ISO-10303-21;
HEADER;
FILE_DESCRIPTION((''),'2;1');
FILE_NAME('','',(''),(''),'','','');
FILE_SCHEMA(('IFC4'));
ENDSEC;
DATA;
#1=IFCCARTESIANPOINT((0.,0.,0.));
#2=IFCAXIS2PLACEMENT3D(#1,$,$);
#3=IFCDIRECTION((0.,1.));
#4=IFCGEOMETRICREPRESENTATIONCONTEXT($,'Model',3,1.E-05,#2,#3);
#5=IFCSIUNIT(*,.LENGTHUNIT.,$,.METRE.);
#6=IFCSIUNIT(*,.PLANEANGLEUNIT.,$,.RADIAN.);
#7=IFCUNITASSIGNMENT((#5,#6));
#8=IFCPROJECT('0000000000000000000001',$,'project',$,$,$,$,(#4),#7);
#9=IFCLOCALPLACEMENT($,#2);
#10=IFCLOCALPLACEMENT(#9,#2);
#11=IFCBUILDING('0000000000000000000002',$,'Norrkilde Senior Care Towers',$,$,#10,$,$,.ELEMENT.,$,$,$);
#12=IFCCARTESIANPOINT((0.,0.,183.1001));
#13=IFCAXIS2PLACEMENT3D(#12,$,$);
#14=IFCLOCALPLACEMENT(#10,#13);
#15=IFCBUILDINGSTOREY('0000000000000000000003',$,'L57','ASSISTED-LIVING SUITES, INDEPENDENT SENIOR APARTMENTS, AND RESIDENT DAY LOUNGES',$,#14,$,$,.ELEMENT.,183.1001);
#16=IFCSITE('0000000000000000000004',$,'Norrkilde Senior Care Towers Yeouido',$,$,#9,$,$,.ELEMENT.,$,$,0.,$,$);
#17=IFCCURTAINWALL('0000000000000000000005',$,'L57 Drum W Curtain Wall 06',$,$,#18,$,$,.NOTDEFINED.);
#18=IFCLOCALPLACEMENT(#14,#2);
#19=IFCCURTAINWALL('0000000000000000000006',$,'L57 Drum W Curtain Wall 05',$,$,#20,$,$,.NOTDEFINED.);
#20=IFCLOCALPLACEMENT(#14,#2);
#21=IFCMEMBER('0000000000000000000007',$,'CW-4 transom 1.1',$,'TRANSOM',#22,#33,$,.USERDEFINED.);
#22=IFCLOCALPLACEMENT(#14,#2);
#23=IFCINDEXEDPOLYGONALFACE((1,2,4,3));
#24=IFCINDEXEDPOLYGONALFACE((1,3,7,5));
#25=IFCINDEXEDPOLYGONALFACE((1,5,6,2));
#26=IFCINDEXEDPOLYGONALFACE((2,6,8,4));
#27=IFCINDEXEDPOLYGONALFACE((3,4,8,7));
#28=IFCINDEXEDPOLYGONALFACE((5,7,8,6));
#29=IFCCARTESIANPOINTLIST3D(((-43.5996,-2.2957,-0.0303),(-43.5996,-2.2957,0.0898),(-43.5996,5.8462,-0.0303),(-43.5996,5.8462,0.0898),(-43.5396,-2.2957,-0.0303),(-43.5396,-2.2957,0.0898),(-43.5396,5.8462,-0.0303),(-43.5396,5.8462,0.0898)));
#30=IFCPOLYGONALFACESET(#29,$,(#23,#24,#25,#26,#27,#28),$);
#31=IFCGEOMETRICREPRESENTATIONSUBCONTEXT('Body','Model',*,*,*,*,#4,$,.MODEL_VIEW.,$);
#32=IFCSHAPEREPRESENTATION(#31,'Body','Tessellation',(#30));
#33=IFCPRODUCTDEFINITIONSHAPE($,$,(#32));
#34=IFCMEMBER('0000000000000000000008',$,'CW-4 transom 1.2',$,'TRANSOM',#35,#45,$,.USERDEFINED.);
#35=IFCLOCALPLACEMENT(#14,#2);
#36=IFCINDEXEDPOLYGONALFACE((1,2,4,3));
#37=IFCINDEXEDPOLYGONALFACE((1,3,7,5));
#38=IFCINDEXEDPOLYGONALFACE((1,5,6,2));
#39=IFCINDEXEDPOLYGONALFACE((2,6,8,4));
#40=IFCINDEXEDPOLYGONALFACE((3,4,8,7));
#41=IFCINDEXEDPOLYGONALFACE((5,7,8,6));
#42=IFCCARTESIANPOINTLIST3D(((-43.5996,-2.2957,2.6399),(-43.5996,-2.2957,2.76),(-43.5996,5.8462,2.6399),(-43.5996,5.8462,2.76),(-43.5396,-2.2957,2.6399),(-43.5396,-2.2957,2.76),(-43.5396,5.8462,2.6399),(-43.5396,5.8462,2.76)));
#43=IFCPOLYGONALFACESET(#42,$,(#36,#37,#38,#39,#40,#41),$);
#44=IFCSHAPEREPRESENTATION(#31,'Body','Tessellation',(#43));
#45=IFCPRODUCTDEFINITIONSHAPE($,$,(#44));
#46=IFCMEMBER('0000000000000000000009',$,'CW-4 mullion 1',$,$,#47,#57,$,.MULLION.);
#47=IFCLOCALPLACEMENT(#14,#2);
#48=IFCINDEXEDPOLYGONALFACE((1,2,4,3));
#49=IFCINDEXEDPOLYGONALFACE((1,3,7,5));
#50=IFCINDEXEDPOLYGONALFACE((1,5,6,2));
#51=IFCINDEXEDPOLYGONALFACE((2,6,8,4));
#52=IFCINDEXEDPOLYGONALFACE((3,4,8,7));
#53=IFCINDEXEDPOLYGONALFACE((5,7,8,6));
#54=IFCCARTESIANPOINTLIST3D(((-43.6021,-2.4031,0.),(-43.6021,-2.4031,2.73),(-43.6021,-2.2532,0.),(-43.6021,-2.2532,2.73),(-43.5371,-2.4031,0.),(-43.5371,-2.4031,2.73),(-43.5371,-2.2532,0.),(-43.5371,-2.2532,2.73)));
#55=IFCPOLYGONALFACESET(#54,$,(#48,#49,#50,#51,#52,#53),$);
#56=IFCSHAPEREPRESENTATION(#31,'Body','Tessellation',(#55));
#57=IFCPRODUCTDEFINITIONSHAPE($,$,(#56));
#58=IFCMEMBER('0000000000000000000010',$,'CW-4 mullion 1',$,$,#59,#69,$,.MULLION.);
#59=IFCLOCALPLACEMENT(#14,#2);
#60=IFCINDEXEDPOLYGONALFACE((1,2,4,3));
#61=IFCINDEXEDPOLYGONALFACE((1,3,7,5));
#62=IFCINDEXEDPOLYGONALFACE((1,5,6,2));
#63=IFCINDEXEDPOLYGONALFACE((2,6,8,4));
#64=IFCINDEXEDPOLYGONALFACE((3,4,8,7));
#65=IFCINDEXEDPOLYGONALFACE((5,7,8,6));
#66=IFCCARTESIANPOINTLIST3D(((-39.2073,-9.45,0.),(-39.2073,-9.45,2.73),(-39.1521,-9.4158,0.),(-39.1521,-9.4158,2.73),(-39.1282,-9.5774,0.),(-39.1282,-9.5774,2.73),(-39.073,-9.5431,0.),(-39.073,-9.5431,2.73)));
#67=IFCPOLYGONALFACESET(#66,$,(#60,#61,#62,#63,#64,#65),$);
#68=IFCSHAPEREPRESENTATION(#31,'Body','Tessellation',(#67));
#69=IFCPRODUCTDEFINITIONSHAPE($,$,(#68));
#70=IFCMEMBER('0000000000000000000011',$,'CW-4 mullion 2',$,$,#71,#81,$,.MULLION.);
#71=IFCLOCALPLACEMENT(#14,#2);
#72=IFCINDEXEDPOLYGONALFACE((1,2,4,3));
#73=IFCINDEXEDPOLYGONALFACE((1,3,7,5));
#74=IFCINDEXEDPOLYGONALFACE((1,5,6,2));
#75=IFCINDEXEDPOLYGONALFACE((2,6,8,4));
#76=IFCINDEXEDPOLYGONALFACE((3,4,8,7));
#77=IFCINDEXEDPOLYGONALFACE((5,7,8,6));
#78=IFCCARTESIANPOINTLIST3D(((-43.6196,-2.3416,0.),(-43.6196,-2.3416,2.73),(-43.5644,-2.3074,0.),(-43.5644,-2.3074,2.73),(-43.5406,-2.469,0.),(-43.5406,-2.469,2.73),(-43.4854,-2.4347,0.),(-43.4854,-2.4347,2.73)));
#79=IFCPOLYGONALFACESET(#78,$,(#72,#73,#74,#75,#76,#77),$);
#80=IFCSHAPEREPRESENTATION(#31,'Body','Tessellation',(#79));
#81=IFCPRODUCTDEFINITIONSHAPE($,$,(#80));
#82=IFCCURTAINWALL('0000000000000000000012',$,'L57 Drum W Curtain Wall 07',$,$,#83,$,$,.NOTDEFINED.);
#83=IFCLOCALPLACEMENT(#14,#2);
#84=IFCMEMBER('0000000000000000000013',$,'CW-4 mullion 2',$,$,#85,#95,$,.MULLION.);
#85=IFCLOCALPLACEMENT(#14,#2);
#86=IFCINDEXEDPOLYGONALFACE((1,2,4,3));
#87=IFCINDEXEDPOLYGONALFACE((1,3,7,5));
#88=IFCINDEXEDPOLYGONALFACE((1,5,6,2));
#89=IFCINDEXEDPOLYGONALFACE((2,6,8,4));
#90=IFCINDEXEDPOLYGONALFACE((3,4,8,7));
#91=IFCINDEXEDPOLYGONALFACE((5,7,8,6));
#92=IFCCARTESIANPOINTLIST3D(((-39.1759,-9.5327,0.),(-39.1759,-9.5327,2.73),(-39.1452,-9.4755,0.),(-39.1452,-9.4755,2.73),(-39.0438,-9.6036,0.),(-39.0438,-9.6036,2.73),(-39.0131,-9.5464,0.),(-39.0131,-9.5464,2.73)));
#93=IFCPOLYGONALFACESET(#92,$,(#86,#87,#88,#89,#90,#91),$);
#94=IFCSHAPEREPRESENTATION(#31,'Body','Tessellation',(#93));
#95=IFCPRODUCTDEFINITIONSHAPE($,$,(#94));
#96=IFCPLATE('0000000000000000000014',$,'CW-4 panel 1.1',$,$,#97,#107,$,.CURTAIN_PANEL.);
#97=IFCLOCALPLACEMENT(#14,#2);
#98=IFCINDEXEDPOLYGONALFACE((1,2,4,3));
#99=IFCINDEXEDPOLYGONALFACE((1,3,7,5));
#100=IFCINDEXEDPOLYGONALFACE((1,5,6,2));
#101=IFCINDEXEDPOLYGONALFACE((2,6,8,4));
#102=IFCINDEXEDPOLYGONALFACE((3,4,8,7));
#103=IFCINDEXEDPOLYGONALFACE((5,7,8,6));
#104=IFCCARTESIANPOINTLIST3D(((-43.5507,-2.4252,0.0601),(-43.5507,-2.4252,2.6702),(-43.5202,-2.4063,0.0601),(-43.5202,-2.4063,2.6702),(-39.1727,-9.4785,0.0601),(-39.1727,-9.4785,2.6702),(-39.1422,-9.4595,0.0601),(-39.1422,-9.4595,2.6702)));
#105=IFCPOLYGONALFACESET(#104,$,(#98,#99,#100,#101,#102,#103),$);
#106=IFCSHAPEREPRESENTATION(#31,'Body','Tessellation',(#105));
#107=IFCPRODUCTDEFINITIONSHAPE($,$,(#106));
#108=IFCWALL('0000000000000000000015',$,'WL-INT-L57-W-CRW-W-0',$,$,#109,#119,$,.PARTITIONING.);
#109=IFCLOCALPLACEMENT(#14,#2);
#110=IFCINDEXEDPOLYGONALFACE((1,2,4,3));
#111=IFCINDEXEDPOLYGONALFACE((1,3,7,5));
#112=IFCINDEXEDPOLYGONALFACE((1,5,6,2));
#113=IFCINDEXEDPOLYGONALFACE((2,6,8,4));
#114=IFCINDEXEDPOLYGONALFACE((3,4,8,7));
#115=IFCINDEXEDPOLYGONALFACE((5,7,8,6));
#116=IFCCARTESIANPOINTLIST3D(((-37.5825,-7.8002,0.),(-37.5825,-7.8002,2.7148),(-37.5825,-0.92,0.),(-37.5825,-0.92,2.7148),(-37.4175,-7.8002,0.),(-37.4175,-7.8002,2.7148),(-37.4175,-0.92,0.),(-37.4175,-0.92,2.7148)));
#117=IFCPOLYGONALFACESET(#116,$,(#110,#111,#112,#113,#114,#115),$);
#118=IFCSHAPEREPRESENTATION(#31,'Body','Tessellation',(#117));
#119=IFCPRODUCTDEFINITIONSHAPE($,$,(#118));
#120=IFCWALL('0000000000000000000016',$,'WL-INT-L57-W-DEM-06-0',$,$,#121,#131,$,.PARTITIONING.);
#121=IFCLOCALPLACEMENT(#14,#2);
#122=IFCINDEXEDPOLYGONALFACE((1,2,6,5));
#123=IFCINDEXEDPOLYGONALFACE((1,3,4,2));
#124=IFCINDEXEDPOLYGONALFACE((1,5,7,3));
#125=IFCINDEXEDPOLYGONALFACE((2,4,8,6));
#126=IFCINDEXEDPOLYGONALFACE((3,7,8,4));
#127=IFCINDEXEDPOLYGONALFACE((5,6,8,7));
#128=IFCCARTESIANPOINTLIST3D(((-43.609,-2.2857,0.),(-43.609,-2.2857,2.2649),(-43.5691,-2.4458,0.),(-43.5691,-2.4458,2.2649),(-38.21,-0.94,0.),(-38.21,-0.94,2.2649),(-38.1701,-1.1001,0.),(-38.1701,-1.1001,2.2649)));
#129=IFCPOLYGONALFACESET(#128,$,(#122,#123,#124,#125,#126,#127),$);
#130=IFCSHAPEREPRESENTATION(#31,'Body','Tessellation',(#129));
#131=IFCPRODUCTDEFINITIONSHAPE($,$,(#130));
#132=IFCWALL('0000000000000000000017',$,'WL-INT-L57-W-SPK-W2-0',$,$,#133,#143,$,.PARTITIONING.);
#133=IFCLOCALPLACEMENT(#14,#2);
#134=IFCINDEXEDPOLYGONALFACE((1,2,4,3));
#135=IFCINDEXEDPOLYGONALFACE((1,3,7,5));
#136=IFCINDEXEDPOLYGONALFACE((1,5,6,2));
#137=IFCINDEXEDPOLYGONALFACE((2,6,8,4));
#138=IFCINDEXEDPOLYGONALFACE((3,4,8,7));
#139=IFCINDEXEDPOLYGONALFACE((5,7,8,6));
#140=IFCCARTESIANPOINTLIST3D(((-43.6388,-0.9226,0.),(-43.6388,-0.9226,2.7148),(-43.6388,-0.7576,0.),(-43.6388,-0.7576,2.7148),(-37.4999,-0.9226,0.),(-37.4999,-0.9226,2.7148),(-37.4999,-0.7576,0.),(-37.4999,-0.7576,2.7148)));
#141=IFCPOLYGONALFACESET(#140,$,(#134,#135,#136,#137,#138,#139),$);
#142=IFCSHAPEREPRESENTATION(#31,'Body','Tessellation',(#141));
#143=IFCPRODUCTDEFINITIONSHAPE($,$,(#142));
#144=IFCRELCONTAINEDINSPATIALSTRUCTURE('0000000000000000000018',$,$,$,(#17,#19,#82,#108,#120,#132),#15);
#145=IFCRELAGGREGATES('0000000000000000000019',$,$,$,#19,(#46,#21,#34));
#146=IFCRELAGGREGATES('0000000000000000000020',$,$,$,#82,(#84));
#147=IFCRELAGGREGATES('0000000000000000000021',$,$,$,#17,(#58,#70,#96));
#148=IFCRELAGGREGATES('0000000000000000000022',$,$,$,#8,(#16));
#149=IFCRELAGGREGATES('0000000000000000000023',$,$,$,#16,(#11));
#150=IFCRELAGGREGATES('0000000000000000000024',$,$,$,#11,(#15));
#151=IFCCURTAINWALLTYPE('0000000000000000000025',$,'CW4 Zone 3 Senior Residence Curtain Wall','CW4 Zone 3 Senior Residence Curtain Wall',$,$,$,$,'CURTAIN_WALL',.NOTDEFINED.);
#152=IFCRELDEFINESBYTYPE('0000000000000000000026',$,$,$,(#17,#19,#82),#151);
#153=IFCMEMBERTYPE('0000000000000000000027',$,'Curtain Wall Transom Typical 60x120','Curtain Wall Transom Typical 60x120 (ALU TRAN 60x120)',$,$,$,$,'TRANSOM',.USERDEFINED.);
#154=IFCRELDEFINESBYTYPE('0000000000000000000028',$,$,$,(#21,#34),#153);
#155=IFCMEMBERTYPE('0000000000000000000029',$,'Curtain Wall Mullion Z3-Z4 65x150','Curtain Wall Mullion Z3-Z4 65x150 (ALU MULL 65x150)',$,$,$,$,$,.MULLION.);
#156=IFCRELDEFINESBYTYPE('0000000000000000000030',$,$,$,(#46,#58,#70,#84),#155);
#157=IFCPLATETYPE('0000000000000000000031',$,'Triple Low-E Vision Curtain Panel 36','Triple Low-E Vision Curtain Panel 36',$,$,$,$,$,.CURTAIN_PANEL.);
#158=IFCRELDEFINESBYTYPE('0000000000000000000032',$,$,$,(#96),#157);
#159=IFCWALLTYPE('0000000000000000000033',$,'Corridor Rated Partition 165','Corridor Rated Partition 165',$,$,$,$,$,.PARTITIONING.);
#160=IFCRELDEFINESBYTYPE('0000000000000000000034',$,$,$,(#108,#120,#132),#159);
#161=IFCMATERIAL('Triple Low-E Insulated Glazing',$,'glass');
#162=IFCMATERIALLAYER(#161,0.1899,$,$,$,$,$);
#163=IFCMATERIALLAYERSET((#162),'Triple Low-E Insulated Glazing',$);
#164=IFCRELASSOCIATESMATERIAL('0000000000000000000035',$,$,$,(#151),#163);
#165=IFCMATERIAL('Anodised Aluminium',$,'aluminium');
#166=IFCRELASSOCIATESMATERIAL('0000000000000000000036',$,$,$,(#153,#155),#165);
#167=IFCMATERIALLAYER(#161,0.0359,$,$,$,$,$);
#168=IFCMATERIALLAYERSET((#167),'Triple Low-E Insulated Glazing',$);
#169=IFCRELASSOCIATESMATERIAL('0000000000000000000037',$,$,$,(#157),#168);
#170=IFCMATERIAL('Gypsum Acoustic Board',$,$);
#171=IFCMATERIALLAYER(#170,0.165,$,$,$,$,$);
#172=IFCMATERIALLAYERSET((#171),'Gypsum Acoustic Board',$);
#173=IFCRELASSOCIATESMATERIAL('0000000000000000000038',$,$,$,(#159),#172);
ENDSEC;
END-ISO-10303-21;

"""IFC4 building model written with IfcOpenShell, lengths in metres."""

from ifc_helpers import new_model, si_unit, direction, frame, frame_2d, origin, origin_2d, place, context, subcontext, project, spatial, rectangle, extrude, source, transform, mapped, material, layer, layer_set, material_profile, profile_set, type_object, type_shapes, element, aggregate, save


model = new_model("IFC4")

# Units and contexts
model_context = context("Model", 3, precision=1e-05, world=origin(), true_north=direction((0.0, 1.0)))
body_context = subcontext(model_context, "Body", "Model", "MODEL_VIEW")
ifc_project = project(units=[si_unit("LENGTHUNIT", "METRE"), si_unit("PLANEANGLEUNIT", "RADIAN")], contexts=[model_context])

# Site, building, storey
site_placement = place(None, origin())
site = spatial("IfcSite", under=ifc_project, at=site_placement, Name="Norrkilde Senior Care Towers Yeouido", CompositionType="ELEMENT", RefElevation=0.0)
building_placement = place(site_placement, origin())
building = spatial("IfcBuilding", under=site, at=building_placement, Name="Norrkilde Senior Care Towers", CompositionType="ELEMENT")
storey_placement = place(building_placement, frame((0.0, 0.0, 183.1001)))
storey = spatial("IfcBuildingStorey", under=building, at=storey_placement, Name="L57", Description="ASSISTED-LIVING SUITES, INDEPENDENT SENIOR APARTMENTS, AND RESIDENT DAY LOUNGES", CompositionType="ELEMENT", Elevation=183.1001)

# Curtain walls, members
ifc_material_1 = material(Name="Triple Low-E Insulated Glazing", Category="glass")
ifc_layer_1 = layer(ifc_material_1, 0.1899)
ifc_layer_set_1 = layer_set([ifc_layer_1], Name="Triple Low-E Insulated Glazing")
curtain_wall_type = type_object("IfcCurtainWallType", Name="CW4 Zone 3 Senior Residence Curtain Wall", Description="CW4 Zone 3 Senior Residence Curtain Wall", ElementType="CURTAIN_WALL", PredefinedType="NOTDEFINED", material=ifc_layer_set_1)
curtain_wall_1_placement = place(storey_placement, origin())
curtain_wall_1 = element("IfcCurtainWall", 1, at=curtain_wall_1_placement, inside=storey, type_object=curtain_wall_type, Name="L57 Drum W Curtain Wall 06", PredefinedType="NOTDEFINED")
ifc_material_2 = material(Name="Anodised Aluminium", Category="aluminium")
ifc_material_profile_1 = material_profile(ifc_material_2, rectangle(XDim=0.0601, YDim=0.1201, at=origin_2d()), Name="ALU TRAN 60x120")
ifc_profile_set_1 = profile_set([ifc_material_profile_1], Name="Anodised Aluminium")
member_type_1 = type_object("IfcMemberType", Name="Curtain Wall Transom Typical 60x120", Description="Curtain Wall Transom Typical 60x120 (ALU TRAN 60x120)", ElementType="TRANSOM", PredefinedType="USERDEFINED", material=ifc_profile_set_1)
curtain_wall_2_placement = place(storey_placement, origin())
curtain_wall_2 = element("IfcCurtainWall", 2, at=curtain_wall_2_placement, inside=storey, type_object=curtain_wall_type, Name="L57 Drum W Curtain Wall 05", PredefinedType="NOTDEFINED")
shared_shape_1 = source(origin(), body_context, "Body", "SweptSolid", [
    extrude(rectangle(XDim=0.0601, YDim=0.1201, at=origin_2d()), origin(), (0.0, 0.0, 1.0), 8.1418),
])
member_1_placement = place(storey_placement, frame((-43.5696, -2.2957, 0.0298), z_axis=(0.0, 1.0, 0.0), x_axis=(-1.0, 0.0, 0.0)))
member_1 = element("IfcMember", 3, at=member_1_placement, type_object=member_type_1, Name="CW-4 transom 1.1", ObjectType="TRANSOM", PredefinedType="USERDEFINED", context=body_context, shape_type="MappedRepresentation", body=[
    mapped(shared_shape_1, transform((0.0, 0.0, 0.0), x_axis=(1.0, 0.0, 0.0), y_axis=(0.0, 1.0, 0.0), z_axis=(0.0, 0.0, 1.0), scale=1.0)),
])
member_2_placement = place(storey_placement, frame((-43.5696, -2.2957, 2.7), z_axis=(0.0, 1.0, 0.0), x_axis=(-1.0, 0.0, 0.0)))
member_2 = element("IfcMember", 4, at=member_2_placement, type_object=member_type_1, Name="CW-4 transom 1.2", ObjectType="TRANSOM", PredefinedType="USERDEFINED", context=body_context, shape_type="MappedRepresentation", body=[
    mapped(shared_shape_1, transform((0.0, 0.0, 0.0), x_axis=(1.0, 0.0, 0.0), y_axis=(0.0, 1.0, 0.0), z_axis=(0.0, 0.0, 1.0), scale=1.0)),
])
ifc_material_profile_2 = material_profile(ifc_material_2, rectangle(XDim=0.0649, YDim=0.1499, at=origin_2d()), Name="ALU MULL 65x150")
ifc_profile_set_2 = profile_set([ifc_material_profile_2], Name="Anodised Aluminium")
member_type_2 = type_object("IfcMemberType", Name="Curtain Wall Mullion Z3-Z4 65x150", Description="Curtain Wall Mullion Z3-Z4 65x150 (ALU MULL 65x150)", PredefinedType="MULLION", material=ifc_profile_set_2)
shared_shape_2 = source(origin(), body_context, "Body", "SweptSolid", [
    extrude(rectangle(XDim=0.0649, YDim=0.1499, at=origin_2d()), origin(), (0.0, 0.0, 1.0), 2.73),
])
type_shapes(member_type_2, [shared_shape_2])
member_3_placement = place(storey_placement, frame((-43.5696, -2.3281, 0.0), z_axis=(0.0, 0.0, 1.0), x_axis=(-1.0, 0.0, 0.0)))
member_3 = element("IfcMember", 5, at=member_3_placement, type_object=member_type_2, Name="CW-4 mullion 1", PredefinedType="MULLION", context=body_context, shape_type="MappedRepresentation", body=[
    mapped(shared_shape_2, transform((0.0, 0.0, 0.0), x_axis=(1.0, 0.0, 0.0), y_axis=(0.0, 1.0, 0.0), z_axis=(0.0, 0.0, 1.0), scale=1.0)),
])
aggregate(curtain_wall_2, [member_3, member_1, member_2])

# Members
member_4_placement = place(storey_placement, frame((-39.1401, -9.4966, 0.0), z_axis=(0.0, 0.0, 1.0), x_axis=(-0.849634, -0.527373, 0.0)))
member_4 = element("IfcMember", 6, at=member_4_placement, type_object=member_type_2, Name="CW-4 mullion 1", PredefinedType="MULLION", context=body_context, shape_type="MappedRepresentation", body=[
    mapped(shared_shape_2, transform((0.0, 0.0, 0.0), x_axis=(1.0, 0.0, 0.0), y_axis=(0.0, 1.0, 0.0), z_axis=(0.0, 0.0, 1.0), scale=1.0)),
])
member_5_placement = place(storey_placement, frame((-43.5525, -2.3882, 0.0), z_axis=(0.0, 0.0, 1.0), x_axis=(-0.849634, -0.527373, 0.0)))
member_5 = element("IfcMember", 7, at=member_5_placement, type_object=member_type_2, Name="CW-4 mullion 2", PredefinedType="MULLION", context=body_context, shape_type="MappedRepresentation", body=[
    mapped(shared_shape_2, transform((0.0, 0.0, 0.0), x_axis=(1.0, 0.0, 0.0), y_axis=(0.0, 1.0, 0.0), z_axis=(0.0, 0.0, 1.0), scale=1.0)),
])

# Curtain wall, member
curtain_wall_3_placement = place(storey_placement, origin())
curtain_wall_3 = element("IfcCurtainWall", 8, at=curtain_wall_3_placement, inside=storey, type_object=curtain_wall_type, Name="L57 Drum W Curtain Wall 07", PredefinedType="NOTDEFINED")
member_6_placement = place(storey_placement, frame((-39.0945, -9.5396, 0.0), z_axis=(0.0, 0.0, 1.0), x_axis=(-0.473117, -0.881, 0.0)))
member_6 = element("IfcMember", 9, at=member_6_placement, type_object=member_type_2, Name="CW-4 mullion 2", PredefinedType="MULLION", context=body_context, shape_type="MappedRepresentation", body=[
    mapped(shared_shape_2, transform((0.0, 0.0, 0.0), x_axis=(1.0, 0.0, 0.0), y_axis=(0.0, 1.0, 0.0), z_axis=(0.0, 0.0, 1.0), scale=1.0)),
])
aggregate(curtain_wall_3, [member_6])

# Plate
ifc_layer_2 = layer(ifc_material_1, 0.0359)
ifc_layer_set_2 = layer_set([ifc_layer_2], Name="Triple Low-E Insulated Glazing")
plate_type = type_object("IfcPlateType", Name="Triple Low-E Vision Curtain Panel 36", Description="Triple Low-E Vision Curtain Panel 36", PredefinedType="CURTAIN_PANEL", material=ifc_layer_set_2)
shared_shape_3 = source(origin(), body_context, "Body", "SweptSolid", [
    extrude(rectangle(XDim=8.3015, YDim=0.0359, at=origin_2d()), origin(), (0.0, 0.0, 1.0), 2.6101),
])
type_shapes(plate_type, [shared_shape_3])
plate_placement = place(storey_placement, frame((-41.3464, -5.9424, 0.0601), z_axis=(0.0, 0.0, 1.0), x_axis=(-0.527373, 0.849634, 0.0)))
plate = element("IfcPlate", 10, at=plate_placement, type_object=plate_type, Name="CW-4 panel 1.1", PredefinedType="CURTAIN_PANEL", context=body_context, shape_type="MappedRepresentation", body=[
    mapped(shared_shape_3, transform((0.0, 0.0, 0.0), x_axis=(1.0, 0.0, 0.0), y_axis=(0.0, 1.0, 0.0), z_axis=(0.0, 0.0, 1.0), scale=1.0)),
])
aggregate(curtain_wall_1, [member_4, member_5, plate])

# Walls
ifc_material_3 = material(Name="Gypsum Acoustic Board")
ifc_layer_3 = layer(ifc_material_3, 0.165)
ifc_layer_set_3 = layer_set([ifc_layer_3], Name="Gypsum Acoustic Board")
wall_type_1 = type_object("IfcWallType", Name="Corridor Rated Partition 165", Description="Corridor Rated Partition 165", PredefinedType="PARTITIONING", material=ifc_layer_set_3)
shared_shape_4 = source(origin(), body_context, "Body", "SweptSolid", [
    extrude(rectangle(XDim=6.8801, YDim=0.165, at=frame_2d((3.4399, 0.0))), origin(), (0.0, 0.0, 1.0), 2.7148),
])
wall_1_placement = place(storey_placement, frame((-37.5, -7.8, 0.0), z_axis=(0.0, 0.0, 1.0), x_axis=(0.0, 1.0, 0.0)))
element("IfcWall", 11, at=wall_1_placement, inside=storey, type_object=wall_type_1, Name="WL-INT-L57-W-CRW-W-0", PredefinedType="PARTITIONING", context=body_context, shape_type="MappedRepresentation", body=[
    mapped(shared_shape_4, transform((0.0, 0.0, 0.0), x_axis=(1.0, 0.0, 0.0), y_axis=(0.0, 1.0, 0.0), z_axis=(0.0, 0.0, 1.0), scale=1.0)),
])
shared_shape_5 = source(origin(), body_context, "Body", "SweptSolid", [
    extrude(rectangle(XDim=5.5642, YDim=0.165, at=frame_2d((2.7822, 0.0))), origin(), (0.0, 0.0, 1.0), 2.2649),
])
wall_2_placement = place(storey_placement, frame((-38.1899, -1.02, 0.0), z_axis=(0.0, 0.0, 1.0), x_axis=(-0.970313, -0.241854, 0.0)))
element("IfcWall", 12, at=wall_2_placement, inside=storey, type_object=wall_type_1, Name="WL-INT-L57-W-DEM-06-0", PredefinedType="PARTITIONING", context=body_context, shape_type="MappedRepresentation", body=[
    mapped(shared_shape_5, transform((0.0, 0.0, 0.0), x_axis=(1.0, 0.0, 0.0), y_axis=(0.0, 1.0, 0.0), z_axis=(0.0, 0.0, 1.0), scale=1.0)),
])
shared_shape_6 = source(origin(), body_context, "Body", "SweptSolid", [
    extrude(rectangle(XDim=6.1389, YDim=0.165, at=frame_2d((3.0693, 0.0))), origin(), (0.0, 0.0, 1.0), 2.7148),
])
type_shapes(wall_type_1, [shared_shape_4, shared_shape_5, shared_shape_6])
wall_3_placement = place(storey_placement, frame((-37.5, -0.8401, 0.0), z_axis=(0.0, 0.0, 1.0), x_axis=(-1.0, 0.0, 0.0)))
element("IfcWall", 13, at=wall_3_placement, inside=storey, type_object=wall_type_1, Name="WL-INT-L57-W-SPK-W2-0", PredefinedType="PARTITIONING", context=body_context, shape_type="MappedRepresentation", body=[
    mapped(shared_shape_6, transform((0.0, 0.0, 0.0), x_axis=(1.0, 0.0, 0.0), y_axis=(0.0, 1.0, 0.0), z_axis=(0.0, 0.0, 1.0), scale=1.0)),
])

save(model, "model.ifc")
